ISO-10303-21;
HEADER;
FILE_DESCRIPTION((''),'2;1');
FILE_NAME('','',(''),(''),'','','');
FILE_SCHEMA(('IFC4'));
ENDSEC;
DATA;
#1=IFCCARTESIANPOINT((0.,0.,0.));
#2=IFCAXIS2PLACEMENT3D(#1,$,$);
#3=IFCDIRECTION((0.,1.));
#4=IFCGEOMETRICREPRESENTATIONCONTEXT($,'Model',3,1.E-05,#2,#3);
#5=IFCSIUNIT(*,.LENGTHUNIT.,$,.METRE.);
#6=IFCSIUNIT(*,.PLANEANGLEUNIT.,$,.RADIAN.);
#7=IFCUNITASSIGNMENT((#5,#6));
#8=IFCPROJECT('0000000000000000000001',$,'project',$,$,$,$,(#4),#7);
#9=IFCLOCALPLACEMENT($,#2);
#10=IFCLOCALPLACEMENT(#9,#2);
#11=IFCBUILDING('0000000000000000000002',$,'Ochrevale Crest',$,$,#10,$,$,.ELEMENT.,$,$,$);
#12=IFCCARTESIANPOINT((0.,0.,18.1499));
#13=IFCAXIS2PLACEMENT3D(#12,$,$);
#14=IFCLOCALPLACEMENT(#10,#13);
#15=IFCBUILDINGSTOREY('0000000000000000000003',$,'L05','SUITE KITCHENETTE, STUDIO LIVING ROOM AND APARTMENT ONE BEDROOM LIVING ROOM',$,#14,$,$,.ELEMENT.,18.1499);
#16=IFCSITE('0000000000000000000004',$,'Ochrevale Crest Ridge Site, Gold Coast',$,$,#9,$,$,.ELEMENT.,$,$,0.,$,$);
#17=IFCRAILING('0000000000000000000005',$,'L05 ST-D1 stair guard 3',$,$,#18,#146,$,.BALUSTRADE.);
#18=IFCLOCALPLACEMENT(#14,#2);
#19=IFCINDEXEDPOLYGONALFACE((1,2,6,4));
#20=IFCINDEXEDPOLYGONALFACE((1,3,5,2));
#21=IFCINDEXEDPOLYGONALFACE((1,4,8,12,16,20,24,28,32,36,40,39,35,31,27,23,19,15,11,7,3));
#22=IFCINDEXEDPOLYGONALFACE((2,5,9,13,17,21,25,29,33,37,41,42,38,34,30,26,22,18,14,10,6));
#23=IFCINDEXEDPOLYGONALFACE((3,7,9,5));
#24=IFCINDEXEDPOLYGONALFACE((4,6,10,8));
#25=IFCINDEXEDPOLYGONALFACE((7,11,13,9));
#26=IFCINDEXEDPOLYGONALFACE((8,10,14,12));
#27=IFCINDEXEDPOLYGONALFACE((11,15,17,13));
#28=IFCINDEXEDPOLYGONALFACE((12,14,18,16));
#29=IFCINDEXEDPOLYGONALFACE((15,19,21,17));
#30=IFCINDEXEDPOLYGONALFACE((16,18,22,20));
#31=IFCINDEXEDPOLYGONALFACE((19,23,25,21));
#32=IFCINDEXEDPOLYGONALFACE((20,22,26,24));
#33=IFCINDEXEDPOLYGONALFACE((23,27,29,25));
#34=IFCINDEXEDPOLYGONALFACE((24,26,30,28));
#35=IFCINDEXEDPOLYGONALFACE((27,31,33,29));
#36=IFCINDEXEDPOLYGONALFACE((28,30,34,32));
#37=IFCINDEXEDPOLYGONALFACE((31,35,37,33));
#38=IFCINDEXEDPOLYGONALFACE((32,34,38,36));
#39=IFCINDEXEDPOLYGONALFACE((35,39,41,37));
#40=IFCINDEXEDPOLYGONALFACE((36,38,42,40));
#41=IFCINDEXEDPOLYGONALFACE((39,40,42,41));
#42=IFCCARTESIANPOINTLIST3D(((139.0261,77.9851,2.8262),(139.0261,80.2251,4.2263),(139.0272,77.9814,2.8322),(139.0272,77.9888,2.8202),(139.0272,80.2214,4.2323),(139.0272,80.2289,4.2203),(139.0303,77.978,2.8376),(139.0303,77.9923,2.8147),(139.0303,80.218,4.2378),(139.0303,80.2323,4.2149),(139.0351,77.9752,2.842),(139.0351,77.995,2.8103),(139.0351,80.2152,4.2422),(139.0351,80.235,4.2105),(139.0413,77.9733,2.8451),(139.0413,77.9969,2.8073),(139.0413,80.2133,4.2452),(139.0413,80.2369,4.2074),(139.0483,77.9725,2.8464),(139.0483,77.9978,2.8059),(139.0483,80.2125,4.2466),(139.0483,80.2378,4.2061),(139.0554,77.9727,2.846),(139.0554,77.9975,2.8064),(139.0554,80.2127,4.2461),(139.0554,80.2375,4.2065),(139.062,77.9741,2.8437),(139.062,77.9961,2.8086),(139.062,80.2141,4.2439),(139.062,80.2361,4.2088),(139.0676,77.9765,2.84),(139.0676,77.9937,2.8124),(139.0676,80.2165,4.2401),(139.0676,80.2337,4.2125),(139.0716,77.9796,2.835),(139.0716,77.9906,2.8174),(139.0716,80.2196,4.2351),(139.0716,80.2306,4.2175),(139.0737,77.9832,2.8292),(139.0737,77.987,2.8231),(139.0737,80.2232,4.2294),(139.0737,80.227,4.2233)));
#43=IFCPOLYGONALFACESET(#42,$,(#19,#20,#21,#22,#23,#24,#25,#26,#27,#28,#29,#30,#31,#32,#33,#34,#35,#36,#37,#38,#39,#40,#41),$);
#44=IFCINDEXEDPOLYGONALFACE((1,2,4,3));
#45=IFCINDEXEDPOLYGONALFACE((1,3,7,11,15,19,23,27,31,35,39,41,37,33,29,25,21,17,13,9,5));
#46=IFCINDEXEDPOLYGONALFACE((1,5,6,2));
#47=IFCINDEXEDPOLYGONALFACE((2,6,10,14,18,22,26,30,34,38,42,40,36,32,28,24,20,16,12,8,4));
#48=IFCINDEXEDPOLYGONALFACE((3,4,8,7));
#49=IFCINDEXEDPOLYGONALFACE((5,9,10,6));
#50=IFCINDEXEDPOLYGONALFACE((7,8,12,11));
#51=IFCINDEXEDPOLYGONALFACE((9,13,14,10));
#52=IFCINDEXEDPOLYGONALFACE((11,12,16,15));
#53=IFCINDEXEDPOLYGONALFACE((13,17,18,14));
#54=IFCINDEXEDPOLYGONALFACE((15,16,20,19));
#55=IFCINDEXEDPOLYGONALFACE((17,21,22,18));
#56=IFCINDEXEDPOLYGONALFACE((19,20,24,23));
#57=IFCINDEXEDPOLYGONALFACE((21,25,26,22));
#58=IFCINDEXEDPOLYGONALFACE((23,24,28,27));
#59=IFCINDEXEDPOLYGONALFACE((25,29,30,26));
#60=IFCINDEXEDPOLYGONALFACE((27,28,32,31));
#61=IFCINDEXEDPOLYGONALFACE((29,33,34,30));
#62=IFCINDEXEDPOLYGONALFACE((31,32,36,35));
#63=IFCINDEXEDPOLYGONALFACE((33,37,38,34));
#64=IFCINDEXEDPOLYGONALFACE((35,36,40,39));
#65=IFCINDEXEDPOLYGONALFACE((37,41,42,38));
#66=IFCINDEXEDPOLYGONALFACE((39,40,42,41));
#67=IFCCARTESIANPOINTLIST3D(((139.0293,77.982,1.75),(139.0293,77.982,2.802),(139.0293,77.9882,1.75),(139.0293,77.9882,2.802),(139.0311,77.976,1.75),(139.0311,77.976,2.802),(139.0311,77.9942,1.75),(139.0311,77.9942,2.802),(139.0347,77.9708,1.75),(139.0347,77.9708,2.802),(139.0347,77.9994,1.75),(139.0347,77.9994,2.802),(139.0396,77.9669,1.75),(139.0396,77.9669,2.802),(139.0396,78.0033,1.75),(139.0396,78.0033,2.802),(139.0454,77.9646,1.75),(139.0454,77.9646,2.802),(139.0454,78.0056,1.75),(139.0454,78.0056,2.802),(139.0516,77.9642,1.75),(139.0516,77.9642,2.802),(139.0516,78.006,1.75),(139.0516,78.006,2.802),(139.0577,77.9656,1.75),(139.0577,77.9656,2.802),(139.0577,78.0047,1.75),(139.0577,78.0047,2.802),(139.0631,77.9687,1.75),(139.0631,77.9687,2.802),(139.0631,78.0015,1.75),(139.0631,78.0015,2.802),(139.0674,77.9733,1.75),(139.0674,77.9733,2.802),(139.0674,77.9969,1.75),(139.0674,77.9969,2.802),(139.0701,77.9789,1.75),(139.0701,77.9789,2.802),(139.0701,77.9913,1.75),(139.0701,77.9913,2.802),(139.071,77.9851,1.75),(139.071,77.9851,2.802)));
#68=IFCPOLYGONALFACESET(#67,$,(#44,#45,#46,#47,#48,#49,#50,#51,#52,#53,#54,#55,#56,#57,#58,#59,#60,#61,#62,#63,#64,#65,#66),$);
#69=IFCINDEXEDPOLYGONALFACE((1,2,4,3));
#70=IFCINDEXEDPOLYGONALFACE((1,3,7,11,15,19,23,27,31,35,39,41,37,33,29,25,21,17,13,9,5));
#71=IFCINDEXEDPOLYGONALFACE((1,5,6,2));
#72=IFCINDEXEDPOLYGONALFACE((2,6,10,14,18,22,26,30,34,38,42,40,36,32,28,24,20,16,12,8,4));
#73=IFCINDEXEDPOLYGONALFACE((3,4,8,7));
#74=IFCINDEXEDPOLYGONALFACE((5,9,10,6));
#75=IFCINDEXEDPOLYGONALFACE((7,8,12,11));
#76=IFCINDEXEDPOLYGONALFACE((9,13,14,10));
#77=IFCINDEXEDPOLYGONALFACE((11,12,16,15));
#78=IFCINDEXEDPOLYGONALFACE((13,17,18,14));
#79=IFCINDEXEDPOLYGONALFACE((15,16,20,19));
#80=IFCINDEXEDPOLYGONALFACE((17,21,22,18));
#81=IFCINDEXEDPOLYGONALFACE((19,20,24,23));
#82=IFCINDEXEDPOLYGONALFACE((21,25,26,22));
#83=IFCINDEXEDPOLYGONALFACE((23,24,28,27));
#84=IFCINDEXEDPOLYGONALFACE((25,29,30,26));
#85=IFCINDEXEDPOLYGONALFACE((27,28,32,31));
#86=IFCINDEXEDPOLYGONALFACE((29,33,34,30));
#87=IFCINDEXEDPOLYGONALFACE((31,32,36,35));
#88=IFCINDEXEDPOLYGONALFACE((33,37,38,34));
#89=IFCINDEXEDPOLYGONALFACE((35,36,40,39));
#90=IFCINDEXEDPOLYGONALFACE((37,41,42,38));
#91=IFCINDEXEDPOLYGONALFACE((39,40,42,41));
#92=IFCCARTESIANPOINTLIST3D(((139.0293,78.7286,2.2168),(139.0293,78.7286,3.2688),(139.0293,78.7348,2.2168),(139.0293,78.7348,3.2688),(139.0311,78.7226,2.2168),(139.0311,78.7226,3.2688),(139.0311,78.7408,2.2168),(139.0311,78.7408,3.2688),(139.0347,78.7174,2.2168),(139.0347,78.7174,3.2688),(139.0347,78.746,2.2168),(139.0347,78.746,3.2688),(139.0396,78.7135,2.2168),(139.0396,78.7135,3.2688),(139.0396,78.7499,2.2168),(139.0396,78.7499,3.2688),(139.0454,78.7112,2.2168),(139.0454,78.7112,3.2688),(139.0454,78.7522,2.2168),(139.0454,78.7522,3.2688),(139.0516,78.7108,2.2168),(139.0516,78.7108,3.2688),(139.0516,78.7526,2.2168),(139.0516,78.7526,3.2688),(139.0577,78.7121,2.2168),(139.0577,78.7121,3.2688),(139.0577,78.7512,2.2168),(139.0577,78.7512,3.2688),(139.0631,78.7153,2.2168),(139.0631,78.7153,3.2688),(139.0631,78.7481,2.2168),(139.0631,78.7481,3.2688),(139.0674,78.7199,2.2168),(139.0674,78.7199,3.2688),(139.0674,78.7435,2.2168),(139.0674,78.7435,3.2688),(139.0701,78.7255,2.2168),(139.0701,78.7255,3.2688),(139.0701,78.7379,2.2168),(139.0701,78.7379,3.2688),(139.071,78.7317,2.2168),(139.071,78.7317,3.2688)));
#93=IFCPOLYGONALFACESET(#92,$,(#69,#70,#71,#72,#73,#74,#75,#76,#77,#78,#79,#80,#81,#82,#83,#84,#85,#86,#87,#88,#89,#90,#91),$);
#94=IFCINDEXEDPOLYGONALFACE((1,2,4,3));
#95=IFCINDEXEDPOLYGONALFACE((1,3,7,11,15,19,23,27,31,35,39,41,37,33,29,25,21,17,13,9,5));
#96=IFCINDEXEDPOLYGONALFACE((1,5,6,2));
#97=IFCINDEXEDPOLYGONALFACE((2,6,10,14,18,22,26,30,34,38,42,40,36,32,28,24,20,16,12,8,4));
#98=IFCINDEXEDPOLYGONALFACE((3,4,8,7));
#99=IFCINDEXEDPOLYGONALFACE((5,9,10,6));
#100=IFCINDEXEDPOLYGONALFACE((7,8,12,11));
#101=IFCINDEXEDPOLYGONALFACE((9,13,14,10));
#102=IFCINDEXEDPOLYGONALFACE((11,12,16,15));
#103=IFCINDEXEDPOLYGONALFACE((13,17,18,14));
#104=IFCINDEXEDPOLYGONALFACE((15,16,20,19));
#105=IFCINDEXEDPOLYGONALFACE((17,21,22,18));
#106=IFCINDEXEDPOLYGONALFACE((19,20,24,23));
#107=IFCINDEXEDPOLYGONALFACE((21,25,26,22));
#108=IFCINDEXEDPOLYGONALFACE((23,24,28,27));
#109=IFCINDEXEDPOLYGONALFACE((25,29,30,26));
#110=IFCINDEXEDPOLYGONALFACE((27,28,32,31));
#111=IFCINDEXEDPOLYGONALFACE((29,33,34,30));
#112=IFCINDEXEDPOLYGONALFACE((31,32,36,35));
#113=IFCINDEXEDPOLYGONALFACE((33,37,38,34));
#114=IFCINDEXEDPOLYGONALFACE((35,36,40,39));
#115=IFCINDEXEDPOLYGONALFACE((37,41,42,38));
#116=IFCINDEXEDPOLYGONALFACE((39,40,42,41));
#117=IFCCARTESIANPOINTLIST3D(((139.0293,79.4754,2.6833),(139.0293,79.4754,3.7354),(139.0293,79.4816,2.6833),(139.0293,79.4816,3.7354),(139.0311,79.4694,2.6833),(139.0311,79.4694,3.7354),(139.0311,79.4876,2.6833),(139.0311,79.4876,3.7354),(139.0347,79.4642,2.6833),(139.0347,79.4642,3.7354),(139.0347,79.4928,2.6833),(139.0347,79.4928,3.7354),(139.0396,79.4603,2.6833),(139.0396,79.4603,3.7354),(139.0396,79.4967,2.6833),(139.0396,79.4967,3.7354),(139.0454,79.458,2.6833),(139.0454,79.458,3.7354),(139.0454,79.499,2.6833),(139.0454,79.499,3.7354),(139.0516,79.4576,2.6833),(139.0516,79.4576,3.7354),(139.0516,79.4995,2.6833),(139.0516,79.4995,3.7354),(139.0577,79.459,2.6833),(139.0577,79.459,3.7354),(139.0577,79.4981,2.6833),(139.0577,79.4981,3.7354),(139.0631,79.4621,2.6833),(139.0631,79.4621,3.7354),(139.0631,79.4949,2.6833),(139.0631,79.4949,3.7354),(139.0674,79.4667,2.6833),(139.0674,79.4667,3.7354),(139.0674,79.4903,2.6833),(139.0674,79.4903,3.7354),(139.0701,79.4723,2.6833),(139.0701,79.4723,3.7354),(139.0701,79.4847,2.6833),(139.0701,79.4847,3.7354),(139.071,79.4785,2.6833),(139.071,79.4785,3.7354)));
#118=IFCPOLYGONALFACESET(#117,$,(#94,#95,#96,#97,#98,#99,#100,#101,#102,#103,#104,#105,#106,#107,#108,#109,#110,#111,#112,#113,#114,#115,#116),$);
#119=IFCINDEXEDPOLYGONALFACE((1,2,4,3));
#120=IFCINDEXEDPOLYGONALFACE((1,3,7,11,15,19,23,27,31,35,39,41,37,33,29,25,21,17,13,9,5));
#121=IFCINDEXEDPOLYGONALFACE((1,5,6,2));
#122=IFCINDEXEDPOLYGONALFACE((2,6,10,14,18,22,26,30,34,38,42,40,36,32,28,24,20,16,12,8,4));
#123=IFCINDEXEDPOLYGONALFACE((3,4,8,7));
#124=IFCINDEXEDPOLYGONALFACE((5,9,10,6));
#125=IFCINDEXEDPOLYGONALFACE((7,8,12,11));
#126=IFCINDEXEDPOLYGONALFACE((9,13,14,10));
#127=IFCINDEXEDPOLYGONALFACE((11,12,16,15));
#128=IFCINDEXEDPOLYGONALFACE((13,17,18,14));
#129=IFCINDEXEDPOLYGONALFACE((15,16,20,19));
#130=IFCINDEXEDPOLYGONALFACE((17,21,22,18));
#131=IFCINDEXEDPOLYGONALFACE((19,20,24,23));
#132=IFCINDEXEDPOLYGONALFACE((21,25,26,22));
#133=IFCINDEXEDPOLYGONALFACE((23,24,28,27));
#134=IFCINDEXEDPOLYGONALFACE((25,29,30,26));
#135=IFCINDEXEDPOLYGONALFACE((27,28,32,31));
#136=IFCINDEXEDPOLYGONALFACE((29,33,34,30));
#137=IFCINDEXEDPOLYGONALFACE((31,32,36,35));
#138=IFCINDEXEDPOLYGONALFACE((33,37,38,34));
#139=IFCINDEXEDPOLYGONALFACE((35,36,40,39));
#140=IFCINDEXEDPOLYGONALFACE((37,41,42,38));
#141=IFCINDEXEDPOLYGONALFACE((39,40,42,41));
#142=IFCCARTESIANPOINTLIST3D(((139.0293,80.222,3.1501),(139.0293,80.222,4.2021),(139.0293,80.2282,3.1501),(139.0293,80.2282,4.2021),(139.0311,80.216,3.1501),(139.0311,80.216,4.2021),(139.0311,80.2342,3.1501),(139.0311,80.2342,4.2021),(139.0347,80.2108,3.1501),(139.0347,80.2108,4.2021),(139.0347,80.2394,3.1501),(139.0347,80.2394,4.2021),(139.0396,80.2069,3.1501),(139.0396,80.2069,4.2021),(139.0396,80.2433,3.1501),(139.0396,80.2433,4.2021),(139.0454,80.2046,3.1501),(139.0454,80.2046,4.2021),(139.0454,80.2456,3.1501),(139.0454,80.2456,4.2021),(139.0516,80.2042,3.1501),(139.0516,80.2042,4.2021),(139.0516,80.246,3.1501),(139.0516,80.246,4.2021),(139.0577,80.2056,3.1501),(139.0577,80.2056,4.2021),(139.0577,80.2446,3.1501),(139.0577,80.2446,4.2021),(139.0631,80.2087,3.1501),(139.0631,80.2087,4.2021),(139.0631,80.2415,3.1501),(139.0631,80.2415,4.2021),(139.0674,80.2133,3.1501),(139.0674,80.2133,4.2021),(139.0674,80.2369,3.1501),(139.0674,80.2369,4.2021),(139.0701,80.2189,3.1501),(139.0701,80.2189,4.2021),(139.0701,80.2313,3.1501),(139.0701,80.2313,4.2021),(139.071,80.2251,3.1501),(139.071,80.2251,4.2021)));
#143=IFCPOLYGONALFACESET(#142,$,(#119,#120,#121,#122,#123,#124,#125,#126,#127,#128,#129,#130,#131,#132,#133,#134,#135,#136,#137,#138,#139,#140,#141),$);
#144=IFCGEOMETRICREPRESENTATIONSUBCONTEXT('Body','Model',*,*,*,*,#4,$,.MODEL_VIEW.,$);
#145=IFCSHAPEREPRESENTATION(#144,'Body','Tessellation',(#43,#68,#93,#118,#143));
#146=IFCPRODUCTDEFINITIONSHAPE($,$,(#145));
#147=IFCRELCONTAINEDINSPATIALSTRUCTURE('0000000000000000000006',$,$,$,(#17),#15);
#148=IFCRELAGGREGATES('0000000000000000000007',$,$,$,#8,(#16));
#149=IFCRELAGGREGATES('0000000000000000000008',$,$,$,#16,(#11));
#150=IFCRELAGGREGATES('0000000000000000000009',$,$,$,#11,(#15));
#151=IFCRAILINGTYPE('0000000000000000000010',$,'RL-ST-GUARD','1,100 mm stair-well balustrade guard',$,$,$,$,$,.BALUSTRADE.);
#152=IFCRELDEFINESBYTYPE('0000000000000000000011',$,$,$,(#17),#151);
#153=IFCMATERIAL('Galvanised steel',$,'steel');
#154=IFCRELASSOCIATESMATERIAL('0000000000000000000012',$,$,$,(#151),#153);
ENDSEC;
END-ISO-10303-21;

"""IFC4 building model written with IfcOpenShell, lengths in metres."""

from ifc_helpers import new_model, si_unit, direction, frame, origin, origin_2d, place, context, subcontext, project, spatial, circle, extrude, material, type_object, element, save


model = new_model("IFC4")

# Units and contexts
model_context = context("Model", 3, precision=1e-05, world=origin(), true_north=direction((0.0, 1.0)))
body_context = subcontext(model_context, "Body", "Model", "MODEL_VIEW")
ifc_project = project(units=[si_unit("LENGTHUNIT", "METRE"), si_unit("PLANEANGLEUNIT", "RADIAN")], contexts=[model_context])

# Site, building, storey
site_placement = place(None, origin())
site = spatial("IfcSite", under=ifc_project, at=site_placement, Name="Ochrevale Crest Ridge Site, Gold Coast", CompositionType="ELEMENT", RefElevation=0.0)
building_placement = place(site_placement, origin())
building = spatial("IfcBuilding", under=site, at=building_placement, Name="Ochrevale Crest", CompositionType="ELEMENT")
storey_placement = place(building_placement, frame((0.0, 0.0, 18.1499)))
storey = spatial("IfcBuildingStorey", under=building, at=storey_placement, Name="L05", Description="SUITE KITCHENETTE, STUDIO LIVING ROOM AND APARTMENT ONE BEDROOM LIVING ROOM", CompositionType="ELEMENT", Elevation=18.1499)

# Railing
ifc_material_1 = material(Name="Galvanised steel", Category="steel")
railing_type_1 = type_object("IfcRailingType", Name="RL-ST-GUARD", Description="1,100 mm stair-well balustrade guard", PredefinedType="BALUSTRADE", material=ifc_material_1)
railing_1_placement = place(storey_placement, frame((139.05, 77.9851, 1.75)))
element("IfcRailing", 1, at=railing_1_placement, inside=storey, type_object=railing_type_1, Name="L05 ST-D1 stair guard 3", PredefinedType="BALUSTRADE", context=body_context, shape_type="SweptSolid", body=[
    extrude(circle(Radius=0.0239, at=origin_2d()), frame((0.0, 0.0, 1.0762), z_axis=(0.0, 0.847972, 0.53004), x_axis=(-1.0, 0.0, 0.0)), (0.0, 0.0, 1.0), 2.6416),
    extrude(circle(Radius=0.021, at=origin_2d()), origin(), (0.0, 0.0, 1.0), 1.052),
    extrude(circle(Radius=0.021, at=origin_2d()), frame((0.0, 0.7466, 0.4668)), (0.0, 0.0, 1.0), 1.052),
    extrude(circle(Radius=0.021, at=origin_2d()), frame((0.0, 1.4934, 0.9333)), (0.0, 0.0, 1.0), 1.052),
    extrude(circle(Radius=0.021, at=origin_2d()), frame((0.0, 2.24, 1.4001)), (0.0, 0.0, 1.0), 1.052),
])

save(model, "model.ifc")
